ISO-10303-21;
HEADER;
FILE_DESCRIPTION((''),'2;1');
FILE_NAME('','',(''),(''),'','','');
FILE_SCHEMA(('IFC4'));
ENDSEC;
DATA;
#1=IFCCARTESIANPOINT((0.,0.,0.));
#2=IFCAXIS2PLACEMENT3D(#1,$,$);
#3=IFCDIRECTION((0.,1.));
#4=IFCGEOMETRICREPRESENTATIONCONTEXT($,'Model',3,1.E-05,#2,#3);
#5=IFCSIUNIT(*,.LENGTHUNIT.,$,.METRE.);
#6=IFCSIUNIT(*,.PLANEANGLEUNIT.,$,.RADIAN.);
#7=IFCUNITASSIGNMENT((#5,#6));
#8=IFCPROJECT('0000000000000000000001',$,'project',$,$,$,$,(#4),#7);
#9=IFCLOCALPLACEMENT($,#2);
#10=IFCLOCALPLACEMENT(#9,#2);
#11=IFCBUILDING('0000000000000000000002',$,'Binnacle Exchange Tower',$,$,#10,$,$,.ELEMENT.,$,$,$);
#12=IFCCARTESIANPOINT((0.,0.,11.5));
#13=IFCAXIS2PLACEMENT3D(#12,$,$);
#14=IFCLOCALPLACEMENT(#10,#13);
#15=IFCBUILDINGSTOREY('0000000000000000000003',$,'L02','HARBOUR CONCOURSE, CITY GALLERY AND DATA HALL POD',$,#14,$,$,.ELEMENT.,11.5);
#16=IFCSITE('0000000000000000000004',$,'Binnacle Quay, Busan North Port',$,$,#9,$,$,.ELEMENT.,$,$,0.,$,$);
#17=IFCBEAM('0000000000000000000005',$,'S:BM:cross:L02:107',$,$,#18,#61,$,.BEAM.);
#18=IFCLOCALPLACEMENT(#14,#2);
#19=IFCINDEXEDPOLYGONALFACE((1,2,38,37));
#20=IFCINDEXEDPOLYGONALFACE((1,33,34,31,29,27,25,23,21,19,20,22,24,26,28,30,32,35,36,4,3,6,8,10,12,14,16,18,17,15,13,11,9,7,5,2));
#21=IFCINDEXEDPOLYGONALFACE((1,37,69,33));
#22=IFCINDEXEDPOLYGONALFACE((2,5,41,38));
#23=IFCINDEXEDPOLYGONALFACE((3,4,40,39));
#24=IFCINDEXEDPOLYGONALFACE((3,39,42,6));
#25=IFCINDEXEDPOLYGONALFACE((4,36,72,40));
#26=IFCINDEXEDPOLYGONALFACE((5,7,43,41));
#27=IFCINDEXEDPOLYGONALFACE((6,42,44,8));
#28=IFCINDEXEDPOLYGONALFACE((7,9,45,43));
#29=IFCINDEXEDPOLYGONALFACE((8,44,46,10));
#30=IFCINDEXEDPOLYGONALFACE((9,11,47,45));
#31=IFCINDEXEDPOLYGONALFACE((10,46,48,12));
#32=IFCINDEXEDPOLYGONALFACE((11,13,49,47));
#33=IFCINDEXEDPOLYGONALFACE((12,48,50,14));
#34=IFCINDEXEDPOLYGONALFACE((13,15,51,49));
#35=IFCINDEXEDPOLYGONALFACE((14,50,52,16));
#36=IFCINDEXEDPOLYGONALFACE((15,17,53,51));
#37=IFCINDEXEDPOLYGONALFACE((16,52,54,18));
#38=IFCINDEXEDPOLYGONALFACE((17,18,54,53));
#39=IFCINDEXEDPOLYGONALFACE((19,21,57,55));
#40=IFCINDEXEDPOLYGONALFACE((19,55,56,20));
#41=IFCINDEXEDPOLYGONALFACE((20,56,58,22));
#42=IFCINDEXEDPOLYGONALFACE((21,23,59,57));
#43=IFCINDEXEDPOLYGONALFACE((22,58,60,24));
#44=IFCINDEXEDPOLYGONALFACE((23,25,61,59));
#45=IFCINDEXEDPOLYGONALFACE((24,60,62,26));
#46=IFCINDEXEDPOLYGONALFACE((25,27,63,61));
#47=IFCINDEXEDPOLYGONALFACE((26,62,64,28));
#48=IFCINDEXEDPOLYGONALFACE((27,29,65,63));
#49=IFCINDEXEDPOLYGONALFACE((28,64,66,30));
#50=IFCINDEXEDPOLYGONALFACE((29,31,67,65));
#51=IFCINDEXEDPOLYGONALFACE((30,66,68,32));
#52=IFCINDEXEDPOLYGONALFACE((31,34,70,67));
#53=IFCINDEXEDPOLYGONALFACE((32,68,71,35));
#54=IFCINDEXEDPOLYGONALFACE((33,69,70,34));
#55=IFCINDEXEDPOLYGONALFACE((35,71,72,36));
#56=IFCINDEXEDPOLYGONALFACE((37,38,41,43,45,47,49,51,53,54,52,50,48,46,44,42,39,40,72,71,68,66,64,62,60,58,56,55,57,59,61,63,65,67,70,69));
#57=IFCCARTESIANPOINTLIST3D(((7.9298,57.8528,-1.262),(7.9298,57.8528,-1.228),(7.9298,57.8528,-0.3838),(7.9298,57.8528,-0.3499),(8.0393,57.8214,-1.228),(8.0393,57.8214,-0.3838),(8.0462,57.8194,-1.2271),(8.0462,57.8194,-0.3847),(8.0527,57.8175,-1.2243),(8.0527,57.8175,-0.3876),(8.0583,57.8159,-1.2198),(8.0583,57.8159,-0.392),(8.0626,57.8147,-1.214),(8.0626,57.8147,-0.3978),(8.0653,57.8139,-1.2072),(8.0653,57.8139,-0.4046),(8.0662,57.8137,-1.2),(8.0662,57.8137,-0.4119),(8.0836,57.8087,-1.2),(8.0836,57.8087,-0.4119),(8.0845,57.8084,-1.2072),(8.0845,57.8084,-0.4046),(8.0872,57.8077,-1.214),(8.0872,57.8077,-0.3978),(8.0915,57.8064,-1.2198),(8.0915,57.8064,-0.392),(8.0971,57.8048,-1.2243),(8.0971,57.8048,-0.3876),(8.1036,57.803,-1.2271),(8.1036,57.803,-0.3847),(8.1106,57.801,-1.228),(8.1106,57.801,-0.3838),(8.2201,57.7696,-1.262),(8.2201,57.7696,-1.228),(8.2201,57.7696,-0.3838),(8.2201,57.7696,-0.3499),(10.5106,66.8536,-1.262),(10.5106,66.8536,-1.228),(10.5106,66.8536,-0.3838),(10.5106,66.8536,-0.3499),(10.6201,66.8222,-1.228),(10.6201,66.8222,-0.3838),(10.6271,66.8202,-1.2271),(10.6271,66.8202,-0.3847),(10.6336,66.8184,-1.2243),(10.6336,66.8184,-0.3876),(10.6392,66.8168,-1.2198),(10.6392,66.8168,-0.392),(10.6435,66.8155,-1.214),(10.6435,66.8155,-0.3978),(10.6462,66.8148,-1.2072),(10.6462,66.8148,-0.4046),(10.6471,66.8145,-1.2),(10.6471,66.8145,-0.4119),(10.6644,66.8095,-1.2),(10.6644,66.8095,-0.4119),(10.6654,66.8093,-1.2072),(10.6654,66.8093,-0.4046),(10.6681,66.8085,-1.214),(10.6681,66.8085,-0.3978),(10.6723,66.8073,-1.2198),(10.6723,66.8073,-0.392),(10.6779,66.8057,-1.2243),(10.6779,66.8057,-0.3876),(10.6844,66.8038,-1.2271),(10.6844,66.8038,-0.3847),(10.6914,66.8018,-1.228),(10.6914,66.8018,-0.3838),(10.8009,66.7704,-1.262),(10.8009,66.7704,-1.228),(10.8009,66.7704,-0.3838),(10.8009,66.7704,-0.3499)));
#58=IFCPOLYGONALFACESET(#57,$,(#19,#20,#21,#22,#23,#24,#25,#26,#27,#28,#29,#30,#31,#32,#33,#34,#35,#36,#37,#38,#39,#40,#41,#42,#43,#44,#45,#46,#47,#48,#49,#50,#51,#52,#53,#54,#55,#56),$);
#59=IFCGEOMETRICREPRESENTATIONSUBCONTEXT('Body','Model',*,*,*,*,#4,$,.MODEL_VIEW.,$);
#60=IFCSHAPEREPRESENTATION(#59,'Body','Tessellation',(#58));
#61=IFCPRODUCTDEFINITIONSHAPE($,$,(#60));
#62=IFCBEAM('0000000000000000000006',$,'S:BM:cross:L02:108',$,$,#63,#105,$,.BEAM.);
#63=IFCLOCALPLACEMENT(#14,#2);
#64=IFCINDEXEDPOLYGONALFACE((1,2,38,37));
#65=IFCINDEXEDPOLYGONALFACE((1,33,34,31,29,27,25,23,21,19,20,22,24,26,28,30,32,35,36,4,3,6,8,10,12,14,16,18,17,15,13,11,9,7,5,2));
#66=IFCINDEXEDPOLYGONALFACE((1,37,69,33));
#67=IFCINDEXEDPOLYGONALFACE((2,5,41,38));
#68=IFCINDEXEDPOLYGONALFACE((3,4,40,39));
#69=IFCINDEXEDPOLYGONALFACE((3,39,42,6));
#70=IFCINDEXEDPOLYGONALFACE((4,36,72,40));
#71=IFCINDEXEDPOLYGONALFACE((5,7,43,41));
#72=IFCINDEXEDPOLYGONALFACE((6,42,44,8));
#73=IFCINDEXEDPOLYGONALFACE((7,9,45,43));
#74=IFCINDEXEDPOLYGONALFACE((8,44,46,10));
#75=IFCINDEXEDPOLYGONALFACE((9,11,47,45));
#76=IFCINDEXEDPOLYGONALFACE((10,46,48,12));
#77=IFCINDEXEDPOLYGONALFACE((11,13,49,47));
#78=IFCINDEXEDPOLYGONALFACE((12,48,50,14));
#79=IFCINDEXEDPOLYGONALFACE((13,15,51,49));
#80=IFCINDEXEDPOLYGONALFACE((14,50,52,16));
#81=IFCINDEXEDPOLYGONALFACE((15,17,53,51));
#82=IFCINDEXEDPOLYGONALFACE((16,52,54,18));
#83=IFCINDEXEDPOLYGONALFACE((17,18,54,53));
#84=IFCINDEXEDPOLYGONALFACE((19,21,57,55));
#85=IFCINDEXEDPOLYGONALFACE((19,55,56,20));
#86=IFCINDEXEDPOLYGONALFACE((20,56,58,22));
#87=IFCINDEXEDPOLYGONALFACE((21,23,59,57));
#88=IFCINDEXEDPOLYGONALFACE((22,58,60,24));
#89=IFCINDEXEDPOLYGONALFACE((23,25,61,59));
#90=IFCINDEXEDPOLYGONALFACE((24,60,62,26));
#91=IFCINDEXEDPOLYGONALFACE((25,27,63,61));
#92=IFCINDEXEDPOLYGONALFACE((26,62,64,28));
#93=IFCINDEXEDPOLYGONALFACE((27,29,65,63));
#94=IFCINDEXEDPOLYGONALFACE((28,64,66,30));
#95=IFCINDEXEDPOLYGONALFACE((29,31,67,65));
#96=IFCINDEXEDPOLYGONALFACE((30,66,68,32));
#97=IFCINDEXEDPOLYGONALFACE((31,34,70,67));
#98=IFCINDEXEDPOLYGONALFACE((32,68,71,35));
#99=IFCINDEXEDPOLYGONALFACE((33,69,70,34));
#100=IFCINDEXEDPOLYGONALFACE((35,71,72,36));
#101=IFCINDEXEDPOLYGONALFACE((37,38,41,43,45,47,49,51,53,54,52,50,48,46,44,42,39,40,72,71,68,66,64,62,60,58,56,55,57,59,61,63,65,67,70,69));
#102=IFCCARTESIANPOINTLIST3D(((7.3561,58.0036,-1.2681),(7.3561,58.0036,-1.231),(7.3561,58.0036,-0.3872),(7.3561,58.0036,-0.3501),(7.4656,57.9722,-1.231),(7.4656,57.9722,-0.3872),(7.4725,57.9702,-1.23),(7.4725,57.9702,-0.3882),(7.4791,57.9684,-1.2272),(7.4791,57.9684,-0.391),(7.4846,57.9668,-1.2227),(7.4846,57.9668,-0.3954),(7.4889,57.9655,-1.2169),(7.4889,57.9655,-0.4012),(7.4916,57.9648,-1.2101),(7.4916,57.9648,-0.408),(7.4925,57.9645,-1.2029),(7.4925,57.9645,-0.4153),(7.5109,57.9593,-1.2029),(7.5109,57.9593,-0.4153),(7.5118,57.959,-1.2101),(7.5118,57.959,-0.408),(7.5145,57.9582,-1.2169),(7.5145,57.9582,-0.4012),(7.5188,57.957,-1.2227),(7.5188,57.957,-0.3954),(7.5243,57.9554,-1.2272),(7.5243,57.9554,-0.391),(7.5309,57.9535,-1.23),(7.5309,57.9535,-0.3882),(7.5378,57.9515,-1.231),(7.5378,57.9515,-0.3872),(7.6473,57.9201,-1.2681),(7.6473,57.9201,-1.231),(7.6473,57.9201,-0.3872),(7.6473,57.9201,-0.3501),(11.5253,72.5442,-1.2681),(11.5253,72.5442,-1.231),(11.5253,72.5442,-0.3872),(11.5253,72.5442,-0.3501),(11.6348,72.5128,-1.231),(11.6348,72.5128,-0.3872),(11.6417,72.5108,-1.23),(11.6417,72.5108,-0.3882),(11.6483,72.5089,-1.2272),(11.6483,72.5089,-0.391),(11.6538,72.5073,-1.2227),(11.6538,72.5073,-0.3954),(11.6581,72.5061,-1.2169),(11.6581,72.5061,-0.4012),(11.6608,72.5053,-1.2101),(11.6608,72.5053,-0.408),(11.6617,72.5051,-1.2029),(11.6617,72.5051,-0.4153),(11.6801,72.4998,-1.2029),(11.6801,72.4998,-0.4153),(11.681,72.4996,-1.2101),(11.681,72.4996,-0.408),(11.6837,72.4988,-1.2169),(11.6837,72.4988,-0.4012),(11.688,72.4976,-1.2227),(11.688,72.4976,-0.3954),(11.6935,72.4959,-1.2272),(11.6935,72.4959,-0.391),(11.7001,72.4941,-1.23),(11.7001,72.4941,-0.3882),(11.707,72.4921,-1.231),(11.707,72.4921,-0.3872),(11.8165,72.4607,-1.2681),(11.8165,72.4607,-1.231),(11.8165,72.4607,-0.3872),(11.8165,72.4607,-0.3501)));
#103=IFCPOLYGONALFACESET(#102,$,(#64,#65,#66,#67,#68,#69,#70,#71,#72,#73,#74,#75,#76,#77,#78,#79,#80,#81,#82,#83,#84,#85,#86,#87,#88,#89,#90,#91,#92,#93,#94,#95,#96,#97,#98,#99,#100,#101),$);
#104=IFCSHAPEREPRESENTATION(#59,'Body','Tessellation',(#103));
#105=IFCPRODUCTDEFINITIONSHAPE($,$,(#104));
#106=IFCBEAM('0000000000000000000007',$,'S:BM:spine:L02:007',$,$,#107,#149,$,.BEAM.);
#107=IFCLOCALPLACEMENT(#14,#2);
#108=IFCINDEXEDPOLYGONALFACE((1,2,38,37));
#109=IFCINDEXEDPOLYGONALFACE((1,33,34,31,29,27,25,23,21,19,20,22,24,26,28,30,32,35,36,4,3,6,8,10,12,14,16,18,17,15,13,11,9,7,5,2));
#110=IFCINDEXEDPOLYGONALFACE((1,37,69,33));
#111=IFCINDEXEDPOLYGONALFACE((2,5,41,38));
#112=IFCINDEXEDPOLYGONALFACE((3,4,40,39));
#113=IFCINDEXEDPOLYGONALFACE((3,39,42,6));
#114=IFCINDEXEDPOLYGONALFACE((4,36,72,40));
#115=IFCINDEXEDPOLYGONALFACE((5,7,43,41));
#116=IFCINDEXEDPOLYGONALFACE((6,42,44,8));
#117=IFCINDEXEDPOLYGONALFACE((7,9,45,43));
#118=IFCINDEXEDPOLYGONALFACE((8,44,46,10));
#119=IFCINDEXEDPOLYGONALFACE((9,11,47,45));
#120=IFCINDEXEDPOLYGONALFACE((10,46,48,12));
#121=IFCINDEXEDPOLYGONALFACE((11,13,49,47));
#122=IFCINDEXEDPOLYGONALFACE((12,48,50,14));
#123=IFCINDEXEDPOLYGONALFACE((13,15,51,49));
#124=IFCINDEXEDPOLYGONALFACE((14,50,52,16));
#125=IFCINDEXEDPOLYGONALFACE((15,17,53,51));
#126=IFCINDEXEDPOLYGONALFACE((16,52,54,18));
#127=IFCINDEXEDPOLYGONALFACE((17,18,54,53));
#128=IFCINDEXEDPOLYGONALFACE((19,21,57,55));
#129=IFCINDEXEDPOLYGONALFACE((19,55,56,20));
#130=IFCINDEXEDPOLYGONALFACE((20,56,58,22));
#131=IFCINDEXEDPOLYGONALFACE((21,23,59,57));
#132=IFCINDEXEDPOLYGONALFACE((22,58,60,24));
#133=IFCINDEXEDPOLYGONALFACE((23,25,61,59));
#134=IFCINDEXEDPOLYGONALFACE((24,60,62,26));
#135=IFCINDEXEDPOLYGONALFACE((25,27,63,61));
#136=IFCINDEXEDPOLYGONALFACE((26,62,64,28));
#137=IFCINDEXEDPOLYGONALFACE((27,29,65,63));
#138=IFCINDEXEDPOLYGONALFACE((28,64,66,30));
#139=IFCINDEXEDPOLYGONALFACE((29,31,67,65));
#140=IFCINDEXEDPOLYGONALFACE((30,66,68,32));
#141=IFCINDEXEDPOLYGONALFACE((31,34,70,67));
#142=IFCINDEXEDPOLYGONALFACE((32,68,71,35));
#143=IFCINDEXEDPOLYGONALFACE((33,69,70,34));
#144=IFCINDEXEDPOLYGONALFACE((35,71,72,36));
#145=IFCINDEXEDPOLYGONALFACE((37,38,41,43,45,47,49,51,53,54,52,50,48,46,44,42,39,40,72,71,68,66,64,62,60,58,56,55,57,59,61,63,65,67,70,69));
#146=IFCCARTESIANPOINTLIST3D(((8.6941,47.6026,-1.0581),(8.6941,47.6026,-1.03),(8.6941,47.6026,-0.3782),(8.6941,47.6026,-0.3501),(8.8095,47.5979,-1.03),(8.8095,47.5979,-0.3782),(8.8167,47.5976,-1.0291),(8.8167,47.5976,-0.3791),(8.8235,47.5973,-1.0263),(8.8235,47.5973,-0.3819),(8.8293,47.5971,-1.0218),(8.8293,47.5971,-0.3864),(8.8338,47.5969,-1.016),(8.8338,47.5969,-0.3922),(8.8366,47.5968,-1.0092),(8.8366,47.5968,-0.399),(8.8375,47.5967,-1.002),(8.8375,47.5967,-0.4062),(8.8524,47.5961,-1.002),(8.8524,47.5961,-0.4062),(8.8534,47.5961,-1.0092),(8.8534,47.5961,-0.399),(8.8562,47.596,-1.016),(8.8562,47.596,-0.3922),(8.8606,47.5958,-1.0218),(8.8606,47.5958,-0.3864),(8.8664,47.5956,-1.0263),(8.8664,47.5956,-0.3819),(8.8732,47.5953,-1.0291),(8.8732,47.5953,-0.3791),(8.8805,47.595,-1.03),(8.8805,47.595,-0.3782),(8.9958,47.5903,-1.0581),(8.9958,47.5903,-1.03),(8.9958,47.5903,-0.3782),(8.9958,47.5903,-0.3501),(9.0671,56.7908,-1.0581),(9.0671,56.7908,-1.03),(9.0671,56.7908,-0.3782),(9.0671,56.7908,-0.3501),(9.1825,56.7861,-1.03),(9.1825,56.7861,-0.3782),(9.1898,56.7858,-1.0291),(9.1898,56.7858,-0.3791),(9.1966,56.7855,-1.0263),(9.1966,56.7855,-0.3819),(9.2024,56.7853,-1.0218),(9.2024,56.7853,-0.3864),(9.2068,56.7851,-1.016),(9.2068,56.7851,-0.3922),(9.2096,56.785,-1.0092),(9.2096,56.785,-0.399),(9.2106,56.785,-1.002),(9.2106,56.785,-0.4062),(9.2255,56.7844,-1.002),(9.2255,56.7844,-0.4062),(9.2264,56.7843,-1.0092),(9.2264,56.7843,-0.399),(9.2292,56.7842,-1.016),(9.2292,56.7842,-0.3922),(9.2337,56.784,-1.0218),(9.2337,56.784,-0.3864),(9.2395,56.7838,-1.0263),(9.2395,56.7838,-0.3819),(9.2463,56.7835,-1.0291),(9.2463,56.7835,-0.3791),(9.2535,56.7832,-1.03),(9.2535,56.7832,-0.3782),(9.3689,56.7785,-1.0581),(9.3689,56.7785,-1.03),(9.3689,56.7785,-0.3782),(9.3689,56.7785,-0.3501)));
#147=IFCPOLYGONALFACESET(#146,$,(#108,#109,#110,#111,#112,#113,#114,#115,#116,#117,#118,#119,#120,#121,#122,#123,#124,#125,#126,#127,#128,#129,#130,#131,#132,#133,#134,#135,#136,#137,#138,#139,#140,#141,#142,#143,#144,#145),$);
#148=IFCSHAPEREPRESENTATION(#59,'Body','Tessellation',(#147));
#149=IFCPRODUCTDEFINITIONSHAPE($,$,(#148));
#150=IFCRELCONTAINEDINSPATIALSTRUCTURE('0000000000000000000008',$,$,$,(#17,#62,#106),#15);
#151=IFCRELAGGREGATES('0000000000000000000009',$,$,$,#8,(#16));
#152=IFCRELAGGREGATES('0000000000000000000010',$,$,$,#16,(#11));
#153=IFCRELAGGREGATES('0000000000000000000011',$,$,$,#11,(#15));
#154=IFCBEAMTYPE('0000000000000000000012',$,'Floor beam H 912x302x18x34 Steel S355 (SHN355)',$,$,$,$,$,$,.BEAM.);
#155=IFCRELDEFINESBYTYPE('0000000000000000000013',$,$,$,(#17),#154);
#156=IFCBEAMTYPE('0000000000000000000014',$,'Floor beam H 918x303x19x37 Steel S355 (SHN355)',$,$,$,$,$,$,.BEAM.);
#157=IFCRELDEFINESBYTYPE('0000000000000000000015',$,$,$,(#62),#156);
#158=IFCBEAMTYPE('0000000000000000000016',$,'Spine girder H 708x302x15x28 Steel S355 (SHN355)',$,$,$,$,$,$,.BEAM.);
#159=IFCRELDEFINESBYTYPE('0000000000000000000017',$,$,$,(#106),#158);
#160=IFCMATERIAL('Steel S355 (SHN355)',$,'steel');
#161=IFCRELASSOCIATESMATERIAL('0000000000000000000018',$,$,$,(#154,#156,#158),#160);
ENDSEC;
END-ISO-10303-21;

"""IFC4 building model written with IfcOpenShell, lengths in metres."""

from ifc_helpers import new_model, si_unit, direction, frame, origin, origin_2d, place, context, subcontext, project, spatial, i_section, extrude, material, material_profile, profile_set, type_object, element, save


model = new_model("IFC4")

# Units and contexts
model_context = context("Model", 3, precision=1e-05, world=origin(), true_north=direction((0.0, 1.0)))
body_context = subcontext(model_context, "Body", "Model", "MODEL_VIEW")
ifc_project = project(units=[si_unit("LENGTHUNIT", "METRE"), si_unit("PLANEANGLEUNIT", "RADIAN")], contexts=[model_context])

# Site, building, storey
site_placement = place(None, origin())
site = spatial("IfcSite", under=ifc_project, at=site_placement, Name="Binnacle Quay, Busan North Port", CompositionType="ELEMENT", RefElevation=0.0)
building_placement = place(site_placement, origin())
building = spatial("IfcBuilding", under=site, at=building_placement, Name="Binnacle Exchange Tower", CompositionType="ELEMENT")
storey_placement = place(building_placement, frame((0.0, 0.0, 11.5)))
storey = spatial("IfcBuildingStorey", under=building, at=storey_placement, Name="L02", Description="HARBOUR CONCOURSE, CITY GALLERY AND DATA HALL POD", CompositionType="ELEMENT", Elevation=11.5)

# Beams
ifc_material_1 = material(Name="Steel S355 (SHN355)", Category="steel")
ifc_material_profile_1 = material_profile(ifc_material_1, i_section(OverallWidth=0.302, OverallDepth=0.9121, WebThickness=0.0181, FlangeThickness=0.0339, FilletRadius=0.0281, at=origin_2d()), Name="H 912x302x18x34")
ifc_profile_set_1 = profile_set([ifc_material_profile_1], Name="Steel S355 (SHN355)")
beam_type_1 = type_object("IfcBeamType", Name="Floor beam H 912x302x18x34 Steel S355 (SHN355)", PredefinedType="BEAM", material=ifc_profile_set_1)
beam_1_placement = place(storey_placement, frame((10.6558, 66.812, -0.8059), z_axis=(-0.275627, -0.961265, 0.0), x_axis=(0.961265, -0.275627, 0.0)))
element("IfcBeam", 1, at=beam_1_placement, inside=storey, type_object=beam_type_1, Name="S:BM:cross:L02:107", PredefinedType="BEAM", context=body_context, shape_type="SweptSolid", body=[
    extrude(i_section(OverallWidth=0.302, OverallDepth=0.9121, WebThickness=0.0181, FlangeThickness=0.0339, FilletRadius=0.0281, at=origin_2d()), origin(), (0.0, 0.0, 1.0), 9.3635),
])
ifc_material_profile_2 = material_profile(ifc_material_1, i_section(OverallWidth=0.303, OverallDepth=0.918, WebThickness=0.019, FlangeThickness=0.0371, FilletRadius=0.0281, at=origin_2d()), Name="H 918x303x19x37")
ifc_profile_set_2 = profile_set([ifc_material_profile_2], Name="Steel S355 (SHN355)")
beam_type_2 = type_object("IfcBeamType", Name="Floor beam H 918x303x19x37 Steel S355 (SHN355)", PredefinedType="BEAM", material=ifc_profile_set_2)
beam_2_placement = place(storey_placement, frame((11.6709, 72.5024, -0.8091), z_axis=(-0.275623, -0.961266, 0.0), x_axis=(0.961266, -0.275623, 0.0)))
element("IfcBeam", 2, at=beam_2_placement, inside=storey, type_object=beam_type_2, Name="S:BM:cross:L02:108", PredefinedType="BEAM", context=body_context, shape_type="SweptSolid", body=[
    extrude(i_section(OverallWidth=0.303, OverallDepth=0.918, WebThickness=0.019, FlangeThickness=0.0371, FilletRadius=0.0281, at=origin_2d()), origin(), (0.0, 0.0, 1.0), 15.1265),
])
ifc_material_profile_3 = material_profile(ifc_material_1, i_section(OverallWidth=0.302, OverallDepth=0.708, WebThickness=0.0149, FlangeThickness=0.0281, FilletRadius=0.0281, at=origin_2d()), Name="H 708x302x15x28")
ifc_profile_set_3 = profile_set([ifc_material_profile_3], Name="Steel S355 (SHN355)")
beam_type_3 = type_object("IfcBeamType", Name="Spine girder H 708x302x15x28 Steel S355 (SHN355)", PredefinedType="BEAM", material=ifc_profile_set_3)
beam_3_placement = place(storey_placement, frame((9.218, 56.7847, -0.7041), z_axis=(-0.040567, -0.999177, 0.0), x_axis=(0.999177, -0.040567, 0.0)))
element("IfcBeam", 3, at=beam_3_placement, inside=storey, type_object=beam_type_3, Name="S:BM:spine:L02:007", PredefinedType="BEAM", context=body_context, shape_type="SweptSolid", body=[
    extrude(i_section(OverallWidth=0.302, OverallDepth=0.708, WebThickness=0.0149, FlangeThickness=0.0281, FilletRadius=0.0281, at=origin_2d()), origin(), (0.0, 0.0, 1.0), 9.1958),
])

save(model, "model.ifc")
